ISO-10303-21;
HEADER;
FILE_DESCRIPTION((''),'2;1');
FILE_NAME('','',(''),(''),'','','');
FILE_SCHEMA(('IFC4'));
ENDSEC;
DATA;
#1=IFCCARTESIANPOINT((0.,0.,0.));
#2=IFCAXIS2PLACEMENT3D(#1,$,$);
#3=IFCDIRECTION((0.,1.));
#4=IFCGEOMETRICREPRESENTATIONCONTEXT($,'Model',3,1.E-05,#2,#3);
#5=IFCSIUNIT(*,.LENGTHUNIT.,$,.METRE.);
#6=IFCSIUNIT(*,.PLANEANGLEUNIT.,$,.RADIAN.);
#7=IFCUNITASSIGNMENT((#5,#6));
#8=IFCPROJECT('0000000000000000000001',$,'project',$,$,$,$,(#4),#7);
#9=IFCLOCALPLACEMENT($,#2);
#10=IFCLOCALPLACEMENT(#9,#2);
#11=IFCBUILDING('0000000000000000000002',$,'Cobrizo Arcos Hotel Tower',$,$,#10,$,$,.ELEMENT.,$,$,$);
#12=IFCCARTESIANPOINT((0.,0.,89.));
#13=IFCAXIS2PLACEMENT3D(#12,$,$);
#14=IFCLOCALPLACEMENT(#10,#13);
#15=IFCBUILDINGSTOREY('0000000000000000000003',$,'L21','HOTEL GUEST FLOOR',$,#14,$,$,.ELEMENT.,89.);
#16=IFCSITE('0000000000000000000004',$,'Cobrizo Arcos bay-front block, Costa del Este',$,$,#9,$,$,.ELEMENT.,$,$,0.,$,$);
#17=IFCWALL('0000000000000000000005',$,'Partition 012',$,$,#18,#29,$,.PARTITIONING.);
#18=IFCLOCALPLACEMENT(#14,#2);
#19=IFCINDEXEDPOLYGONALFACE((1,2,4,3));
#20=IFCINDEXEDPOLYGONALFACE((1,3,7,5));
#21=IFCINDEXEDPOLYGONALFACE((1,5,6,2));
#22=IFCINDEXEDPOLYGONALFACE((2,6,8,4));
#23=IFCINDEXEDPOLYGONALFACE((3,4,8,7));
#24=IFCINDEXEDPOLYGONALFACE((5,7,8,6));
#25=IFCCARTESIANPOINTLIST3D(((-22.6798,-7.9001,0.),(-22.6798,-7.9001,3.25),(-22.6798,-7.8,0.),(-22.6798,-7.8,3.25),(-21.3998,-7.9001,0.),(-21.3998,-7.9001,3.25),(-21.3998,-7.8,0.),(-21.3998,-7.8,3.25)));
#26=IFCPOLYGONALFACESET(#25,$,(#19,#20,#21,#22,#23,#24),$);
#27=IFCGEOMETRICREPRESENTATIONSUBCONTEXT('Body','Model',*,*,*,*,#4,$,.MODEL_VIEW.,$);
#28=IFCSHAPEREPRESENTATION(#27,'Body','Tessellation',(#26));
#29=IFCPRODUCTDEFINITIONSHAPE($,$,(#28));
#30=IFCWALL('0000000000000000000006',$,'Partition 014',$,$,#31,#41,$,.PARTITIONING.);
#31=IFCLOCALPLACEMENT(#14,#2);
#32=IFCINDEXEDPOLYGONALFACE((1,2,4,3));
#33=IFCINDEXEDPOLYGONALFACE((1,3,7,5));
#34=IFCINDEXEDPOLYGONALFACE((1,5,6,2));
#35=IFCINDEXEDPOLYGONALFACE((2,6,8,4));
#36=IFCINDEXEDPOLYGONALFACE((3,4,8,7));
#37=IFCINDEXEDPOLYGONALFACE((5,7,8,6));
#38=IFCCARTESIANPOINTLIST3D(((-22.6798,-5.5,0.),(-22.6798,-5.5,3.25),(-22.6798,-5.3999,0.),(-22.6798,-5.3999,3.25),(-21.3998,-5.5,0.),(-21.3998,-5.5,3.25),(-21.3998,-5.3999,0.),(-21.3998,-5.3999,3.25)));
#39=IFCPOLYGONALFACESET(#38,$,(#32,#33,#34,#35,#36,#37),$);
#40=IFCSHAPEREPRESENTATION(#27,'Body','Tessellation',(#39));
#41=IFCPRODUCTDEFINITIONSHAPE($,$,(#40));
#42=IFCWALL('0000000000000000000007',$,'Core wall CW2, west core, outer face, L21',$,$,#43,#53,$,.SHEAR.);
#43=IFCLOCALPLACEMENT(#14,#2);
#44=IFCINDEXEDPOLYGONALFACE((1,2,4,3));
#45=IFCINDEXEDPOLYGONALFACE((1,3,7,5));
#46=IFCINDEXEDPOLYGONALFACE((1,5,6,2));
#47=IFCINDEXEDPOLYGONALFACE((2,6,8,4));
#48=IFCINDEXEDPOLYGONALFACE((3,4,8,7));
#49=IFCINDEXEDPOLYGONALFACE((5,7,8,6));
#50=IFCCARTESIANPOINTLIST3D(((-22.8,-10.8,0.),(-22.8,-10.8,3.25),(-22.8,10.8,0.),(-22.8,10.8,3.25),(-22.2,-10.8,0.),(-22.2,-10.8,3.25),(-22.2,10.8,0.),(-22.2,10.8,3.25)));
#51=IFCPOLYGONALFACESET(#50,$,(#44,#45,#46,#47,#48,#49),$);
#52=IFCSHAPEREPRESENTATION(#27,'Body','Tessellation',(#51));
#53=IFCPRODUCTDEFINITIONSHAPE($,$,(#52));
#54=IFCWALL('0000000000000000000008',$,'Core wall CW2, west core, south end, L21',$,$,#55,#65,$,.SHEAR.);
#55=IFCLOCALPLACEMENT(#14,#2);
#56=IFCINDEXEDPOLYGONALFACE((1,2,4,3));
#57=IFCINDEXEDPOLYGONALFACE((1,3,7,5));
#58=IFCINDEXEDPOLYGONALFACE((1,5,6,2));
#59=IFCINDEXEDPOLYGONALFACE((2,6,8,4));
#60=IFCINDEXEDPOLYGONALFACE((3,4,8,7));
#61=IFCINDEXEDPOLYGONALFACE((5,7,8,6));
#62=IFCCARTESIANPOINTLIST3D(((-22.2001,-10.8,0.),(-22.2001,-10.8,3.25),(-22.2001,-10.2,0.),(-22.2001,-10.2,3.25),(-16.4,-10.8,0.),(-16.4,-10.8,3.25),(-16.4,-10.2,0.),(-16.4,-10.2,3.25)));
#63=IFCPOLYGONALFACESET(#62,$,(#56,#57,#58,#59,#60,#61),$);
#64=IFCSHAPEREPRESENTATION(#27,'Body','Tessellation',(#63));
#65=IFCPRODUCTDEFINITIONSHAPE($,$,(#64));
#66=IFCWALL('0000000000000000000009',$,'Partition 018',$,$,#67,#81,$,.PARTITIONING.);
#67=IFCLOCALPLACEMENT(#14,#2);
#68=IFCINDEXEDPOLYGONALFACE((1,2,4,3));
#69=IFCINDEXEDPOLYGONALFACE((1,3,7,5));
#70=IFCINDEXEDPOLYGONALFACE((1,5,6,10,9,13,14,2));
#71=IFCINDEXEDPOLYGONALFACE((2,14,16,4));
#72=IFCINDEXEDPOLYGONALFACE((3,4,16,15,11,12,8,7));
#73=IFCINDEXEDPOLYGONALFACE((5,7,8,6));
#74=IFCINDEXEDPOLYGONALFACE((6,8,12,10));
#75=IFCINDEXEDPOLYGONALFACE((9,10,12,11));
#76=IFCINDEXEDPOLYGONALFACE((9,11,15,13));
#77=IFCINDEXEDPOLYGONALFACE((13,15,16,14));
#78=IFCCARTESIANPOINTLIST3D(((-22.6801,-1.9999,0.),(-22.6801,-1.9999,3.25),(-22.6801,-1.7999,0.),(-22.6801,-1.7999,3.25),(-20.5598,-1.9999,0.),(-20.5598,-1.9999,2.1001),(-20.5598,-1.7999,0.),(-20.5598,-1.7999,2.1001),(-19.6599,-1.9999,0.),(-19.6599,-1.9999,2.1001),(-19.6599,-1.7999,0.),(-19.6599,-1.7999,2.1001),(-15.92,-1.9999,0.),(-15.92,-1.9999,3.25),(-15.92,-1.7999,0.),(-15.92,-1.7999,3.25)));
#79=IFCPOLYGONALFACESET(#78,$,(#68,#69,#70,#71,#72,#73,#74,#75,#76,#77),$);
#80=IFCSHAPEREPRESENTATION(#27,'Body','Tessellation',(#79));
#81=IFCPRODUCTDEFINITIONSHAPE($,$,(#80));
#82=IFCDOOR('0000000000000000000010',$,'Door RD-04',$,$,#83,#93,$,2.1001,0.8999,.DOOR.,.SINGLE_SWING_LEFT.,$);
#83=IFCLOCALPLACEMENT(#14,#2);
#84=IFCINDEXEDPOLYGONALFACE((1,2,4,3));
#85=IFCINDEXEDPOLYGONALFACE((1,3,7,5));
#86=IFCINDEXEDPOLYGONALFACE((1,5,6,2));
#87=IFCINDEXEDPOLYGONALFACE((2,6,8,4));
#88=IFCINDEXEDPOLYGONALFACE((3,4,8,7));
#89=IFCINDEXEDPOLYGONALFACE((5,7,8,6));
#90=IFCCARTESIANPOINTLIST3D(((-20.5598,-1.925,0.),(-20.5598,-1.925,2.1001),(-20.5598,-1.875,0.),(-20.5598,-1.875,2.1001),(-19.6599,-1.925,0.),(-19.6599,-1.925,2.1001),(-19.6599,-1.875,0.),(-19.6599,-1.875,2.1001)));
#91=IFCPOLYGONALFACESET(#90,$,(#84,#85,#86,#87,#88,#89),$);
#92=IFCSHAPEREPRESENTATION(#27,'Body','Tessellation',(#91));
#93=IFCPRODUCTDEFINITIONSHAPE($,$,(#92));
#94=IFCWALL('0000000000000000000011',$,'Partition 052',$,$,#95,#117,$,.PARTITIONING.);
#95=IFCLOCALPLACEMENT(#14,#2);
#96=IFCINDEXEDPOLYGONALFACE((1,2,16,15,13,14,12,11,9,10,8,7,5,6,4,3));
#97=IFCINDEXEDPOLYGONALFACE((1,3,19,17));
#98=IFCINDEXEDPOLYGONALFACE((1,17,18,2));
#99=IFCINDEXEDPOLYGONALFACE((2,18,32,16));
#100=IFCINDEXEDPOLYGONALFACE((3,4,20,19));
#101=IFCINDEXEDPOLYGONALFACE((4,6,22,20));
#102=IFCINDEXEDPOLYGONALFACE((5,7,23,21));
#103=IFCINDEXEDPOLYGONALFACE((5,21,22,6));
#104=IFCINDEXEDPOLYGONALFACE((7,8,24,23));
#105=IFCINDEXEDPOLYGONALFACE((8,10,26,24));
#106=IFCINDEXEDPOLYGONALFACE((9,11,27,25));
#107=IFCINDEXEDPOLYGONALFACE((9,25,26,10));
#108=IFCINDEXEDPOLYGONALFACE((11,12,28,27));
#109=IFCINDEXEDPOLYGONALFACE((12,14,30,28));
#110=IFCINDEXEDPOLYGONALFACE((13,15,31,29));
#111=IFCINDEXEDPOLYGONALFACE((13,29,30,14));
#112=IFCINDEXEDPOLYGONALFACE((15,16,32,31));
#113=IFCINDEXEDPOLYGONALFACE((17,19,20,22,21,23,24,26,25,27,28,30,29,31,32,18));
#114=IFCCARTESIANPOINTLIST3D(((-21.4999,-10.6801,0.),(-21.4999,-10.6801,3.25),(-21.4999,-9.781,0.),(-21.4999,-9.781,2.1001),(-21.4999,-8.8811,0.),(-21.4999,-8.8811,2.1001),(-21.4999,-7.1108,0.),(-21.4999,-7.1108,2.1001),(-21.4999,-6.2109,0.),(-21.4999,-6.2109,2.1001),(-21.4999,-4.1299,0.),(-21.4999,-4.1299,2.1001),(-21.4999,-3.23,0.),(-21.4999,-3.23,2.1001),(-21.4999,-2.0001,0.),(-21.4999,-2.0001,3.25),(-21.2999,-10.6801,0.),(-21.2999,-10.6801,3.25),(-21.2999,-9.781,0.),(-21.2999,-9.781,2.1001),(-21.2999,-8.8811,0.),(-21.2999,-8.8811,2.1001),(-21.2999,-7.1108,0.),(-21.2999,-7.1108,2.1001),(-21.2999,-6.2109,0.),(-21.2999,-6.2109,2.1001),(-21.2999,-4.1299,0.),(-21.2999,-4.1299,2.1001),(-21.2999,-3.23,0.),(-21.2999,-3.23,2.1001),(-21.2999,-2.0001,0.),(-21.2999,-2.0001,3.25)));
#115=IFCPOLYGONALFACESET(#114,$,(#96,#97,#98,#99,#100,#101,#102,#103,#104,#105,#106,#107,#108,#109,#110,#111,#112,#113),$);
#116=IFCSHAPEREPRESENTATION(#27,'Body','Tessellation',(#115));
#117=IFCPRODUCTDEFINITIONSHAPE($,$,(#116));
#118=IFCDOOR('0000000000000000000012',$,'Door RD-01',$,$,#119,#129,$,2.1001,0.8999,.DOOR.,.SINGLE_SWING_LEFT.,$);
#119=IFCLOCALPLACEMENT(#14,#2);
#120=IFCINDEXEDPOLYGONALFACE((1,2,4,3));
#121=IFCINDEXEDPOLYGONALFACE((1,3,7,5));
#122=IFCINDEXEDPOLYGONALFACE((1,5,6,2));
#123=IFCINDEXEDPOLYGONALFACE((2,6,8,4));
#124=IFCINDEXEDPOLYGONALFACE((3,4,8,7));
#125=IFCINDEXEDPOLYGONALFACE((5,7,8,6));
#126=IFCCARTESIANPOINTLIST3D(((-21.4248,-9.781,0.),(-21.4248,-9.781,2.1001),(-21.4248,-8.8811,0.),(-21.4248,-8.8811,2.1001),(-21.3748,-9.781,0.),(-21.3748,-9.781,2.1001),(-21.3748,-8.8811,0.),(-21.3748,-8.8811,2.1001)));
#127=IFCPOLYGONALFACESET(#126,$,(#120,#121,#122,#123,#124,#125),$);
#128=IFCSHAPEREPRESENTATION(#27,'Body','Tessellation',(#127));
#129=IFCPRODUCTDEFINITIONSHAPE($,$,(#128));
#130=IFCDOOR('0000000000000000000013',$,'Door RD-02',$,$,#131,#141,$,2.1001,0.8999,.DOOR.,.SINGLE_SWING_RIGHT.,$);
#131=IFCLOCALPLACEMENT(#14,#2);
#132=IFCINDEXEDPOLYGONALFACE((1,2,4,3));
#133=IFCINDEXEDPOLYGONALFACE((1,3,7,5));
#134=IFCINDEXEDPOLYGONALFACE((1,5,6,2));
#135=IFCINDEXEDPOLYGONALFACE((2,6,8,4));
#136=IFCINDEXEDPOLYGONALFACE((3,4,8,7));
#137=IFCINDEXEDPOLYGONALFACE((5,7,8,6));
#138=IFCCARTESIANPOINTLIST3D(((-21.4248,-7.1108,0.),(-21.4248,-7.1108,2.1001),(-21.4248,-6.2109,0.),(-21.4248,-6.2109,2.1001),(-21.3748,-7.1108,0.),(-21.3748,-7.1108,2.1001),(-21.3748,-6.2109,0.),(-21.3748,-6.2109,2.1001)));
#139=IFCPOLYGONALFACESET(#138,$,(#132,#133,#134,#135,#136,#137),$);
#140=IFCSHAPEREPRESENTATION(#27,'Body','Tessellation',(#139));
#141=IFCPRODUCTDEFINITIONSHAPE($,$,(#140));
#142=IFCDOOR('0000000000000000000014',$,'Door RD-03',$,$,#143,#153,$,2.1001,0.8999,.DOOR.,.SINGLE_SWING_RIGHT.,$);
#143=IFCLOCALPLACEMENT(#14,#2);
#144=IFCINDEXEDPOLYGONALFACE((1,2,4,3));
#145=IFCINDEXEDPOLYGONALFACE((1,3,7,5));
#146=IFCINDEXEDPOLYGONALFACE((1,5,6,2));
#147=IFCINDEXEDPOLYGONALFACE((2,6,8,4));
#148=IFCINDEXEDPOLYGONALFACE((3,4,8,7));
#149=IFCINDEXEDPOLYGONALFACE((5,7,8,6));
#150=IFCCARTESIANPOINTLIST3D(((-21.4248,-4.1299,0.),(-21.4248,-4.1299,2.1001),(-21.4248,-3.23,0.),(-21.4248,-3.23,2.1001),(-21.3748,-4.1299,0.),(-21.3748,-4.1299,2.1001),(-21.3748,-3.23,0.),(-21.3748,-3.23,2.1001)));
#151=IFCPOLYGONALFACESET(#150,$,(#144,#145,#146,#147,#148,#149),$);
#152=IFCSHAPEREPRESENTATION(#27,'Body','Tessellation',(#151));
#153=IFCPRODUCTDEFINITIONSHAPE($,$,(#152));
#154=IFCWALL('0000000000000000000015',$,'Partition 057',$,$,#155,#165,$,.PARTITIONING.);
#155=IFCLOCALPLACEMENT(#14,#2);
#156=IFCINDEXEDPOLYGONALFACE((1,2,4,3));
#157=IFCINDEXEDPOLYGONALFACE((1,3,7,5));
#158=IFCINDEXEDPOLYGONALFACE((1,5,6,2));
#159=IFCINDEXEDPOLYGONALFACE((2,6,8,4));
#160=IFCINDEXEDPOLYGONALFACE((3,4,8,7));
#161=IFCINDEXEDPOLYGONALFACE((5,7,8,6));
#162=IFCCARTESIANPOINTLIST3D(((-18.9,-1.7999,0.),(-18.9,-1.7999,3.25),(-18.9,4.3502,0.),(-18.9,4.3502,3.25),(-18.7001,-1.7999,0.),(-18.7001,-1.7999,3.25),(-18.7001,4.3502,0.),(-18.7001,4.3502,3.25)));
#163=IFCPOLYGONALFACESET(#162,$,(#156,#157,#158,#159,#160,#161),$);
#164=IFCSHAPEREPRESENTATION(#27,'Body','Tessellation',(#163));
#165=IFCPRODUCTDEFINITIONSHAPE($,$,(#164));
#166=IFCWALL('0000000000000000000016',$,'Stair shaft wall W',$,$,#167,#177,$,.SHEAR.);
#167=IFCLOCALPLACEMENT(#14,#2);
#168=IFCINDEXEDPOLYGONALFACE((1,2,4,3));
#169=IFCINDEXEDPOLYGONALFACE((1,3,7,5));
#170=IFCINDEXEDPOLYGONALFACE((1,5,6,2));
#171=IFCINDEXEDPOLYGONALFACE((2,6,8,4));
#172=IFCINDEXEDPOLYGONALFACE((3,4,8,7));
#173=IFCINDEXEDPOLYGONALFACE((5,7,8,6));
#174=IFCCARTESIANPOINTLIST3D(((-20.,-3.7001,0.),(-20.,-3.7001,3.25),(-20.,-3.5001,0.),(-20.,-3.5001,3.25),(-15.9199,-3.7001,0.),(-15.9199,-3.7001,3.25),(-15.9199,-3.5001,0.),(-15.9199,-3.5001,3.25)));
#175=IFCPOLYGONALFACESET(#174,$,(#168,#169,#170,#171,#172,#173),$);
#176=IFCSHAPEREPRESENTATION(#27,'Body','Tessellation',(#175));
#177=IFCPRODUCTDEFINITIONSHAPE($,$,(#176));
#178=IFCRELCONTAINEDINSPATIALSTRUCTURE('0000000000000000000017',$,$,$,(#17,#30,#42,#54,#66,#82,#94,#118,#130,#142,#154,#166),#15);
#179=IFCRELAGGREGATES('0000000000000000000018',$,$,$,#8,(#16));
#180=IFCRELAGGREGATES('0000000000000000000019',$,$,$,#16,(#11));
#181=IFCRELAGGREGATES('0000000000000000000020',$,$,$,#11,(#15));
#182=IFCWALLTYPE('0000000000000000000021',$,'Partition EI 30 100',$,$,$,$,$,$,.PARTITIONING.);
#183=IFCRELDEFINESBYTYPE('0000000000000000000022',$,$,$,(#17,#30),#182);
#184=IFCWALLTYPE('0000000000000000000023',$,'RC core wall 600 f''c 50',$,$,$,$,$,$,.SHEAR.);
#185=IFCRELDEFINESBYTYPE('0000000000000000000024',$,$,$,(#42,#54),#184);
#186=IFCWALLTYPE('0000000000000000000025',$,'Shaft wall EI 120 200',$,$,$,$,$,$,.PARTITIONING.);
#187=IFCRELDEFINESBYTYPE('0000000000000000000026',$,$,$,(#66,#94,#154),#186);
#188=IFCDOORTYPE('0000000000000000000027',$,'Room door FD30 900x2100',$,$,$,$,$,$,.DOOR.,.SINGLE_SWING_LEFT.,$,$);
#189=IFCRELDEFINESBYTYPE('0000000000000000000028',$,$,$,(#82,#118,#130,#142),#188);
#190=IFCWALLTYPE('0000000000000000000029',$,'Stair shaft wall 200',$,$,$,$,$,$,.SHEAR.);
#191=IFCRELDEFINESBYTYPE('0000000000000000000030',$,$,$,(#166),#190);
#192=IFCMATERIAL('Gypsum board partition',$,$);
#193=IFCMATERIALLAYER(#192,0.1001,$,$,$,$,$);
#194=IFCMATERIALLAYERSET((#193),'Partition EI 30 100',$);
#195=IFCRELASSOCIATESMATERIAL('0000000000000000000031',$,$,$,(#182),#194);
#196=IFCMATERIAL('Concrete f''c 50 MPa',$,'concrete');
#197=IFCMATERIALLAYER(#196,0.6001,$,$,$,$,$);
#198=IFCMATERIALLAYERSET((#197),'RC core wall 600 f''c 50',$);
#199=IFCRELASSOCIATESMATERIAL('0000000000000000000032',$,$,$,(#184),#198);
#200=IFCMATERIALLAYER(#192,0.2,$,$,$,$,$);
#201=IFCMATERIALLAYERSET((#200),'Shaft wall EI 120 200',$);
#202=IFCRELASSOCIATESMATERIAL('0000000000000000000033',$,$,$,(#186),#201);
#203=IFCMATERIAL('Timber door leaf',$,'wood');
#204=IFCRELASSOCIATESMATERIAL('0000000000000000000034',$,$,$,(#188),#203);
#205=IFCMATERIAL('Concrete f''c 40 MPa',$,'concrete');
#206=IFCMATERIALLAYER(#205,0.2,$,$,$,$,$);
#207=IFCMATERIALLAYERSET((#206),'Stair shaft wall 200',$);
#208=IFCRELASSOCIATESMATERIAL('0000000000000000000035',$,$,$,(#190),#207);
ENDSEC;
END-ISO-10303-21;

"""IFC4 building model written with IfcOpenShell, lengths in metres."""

from ifc_helpers import new_model, si_unit, direction, frame, frame_2d, origin, place, context, subcontext, project, spatial, rectangle, extrude, material, layer, layer_set, type_object, element, fill, save


model = new_model("IFC4")

# Units and contexts
model_context = context("Model", 3, precision=1e-05, world=origin(), true_north=direction((0.0, 1.0)))
body_context = subcontext(model_context, "Body", "Model", "MODEL_VIEW")
ifc_project = project(units=[si_unit("LENGTHUNIT", "METRE"), si_unit("PLANEANGLEUNIT", "RADIAN")], contexts=[model_context])

# Site, building, storey
site_placement = place(None, origin())
site = spatial("IfcSite", under=ifc_project, at=site_placement, Name="Cobrizo Arcos bay-front block, Costa del Este", CompositionType="ELEMENT", RefElevation=0.0)
building_placement = place(site_placement, origin())
building = spatial("IfcBuilding", under=site, at=building_placement, Name="Cobrizo Arcos Hotel Tower", CompositionType="ELEMENT")
storey_placement = place(building_placement, frame((0.0, 0.0, 89.0)))
storey = spatial("IfcBuildingStorey", under=building, at=storey_placement, Name="L21", Description="HOTEL GUEST FLOOR", CompositionType="ELEMENT", Elevation=89.0)

# Walls
ifc_material_1 = material(Name="Gypsum board partition")
ifc_layer_1 = layer(ifc_material_1, 0.1001)
ifc_layer_set_1 = layer_set([ifc_layer_1], Name="Partition EI 30 100")
wall_type_1 = type_object("IfcWallType", Name="Partition EI 30 100", PredefinedType="PARTITIONING", material=ifc_layer_set_1)
for number, where, z_axis, x_axis, name in (
    (1, (-22.6799, -7.8501, 0.0), (0.0, 0.0, 1.0), (1.0, 0.0, 0.0), "Partition 012"),
    (2, (-22.6799, -5.45, 0.0), (0.0, 0.0, 1.0), (1.0, 0.0, 0.0), "Partition 014"),
):
    element("IfcWall", number, at=place(storey_placement, frame(where, z_axis=z_axis, x_axis=x_axis)), inside=storey, type_object=wall_type_1, Name=name, PredefinedType="PARTITIONING", context=body_context, shape_type="SweptSolid", body=[
        extrude(rectangle(XDim=1.28, YDim=0.1001, at=frame_2d((0.6401, 0.0))), origin(), (0.0, 0.0, 1.0), 3.25),
    ])
ifc_material_2 = material(Name="Concrete f'c 50 MPa", Category="concrete")
ifc_layer_2 = layer(ifc_material_2, 0.6001)
ifc_layer_set_2 = layer_set([ifc_layer_2], Name="RC core wall 600 f'c 50")
wall_type_2 = type_object("IfcWallType", Name="RC core wall 600 f'c 50", PredefinedType="SHEAR", material=ifc_layer_set_2)
wall_1_placement = place(storey_placement, frame((-22.5, -10.8, 0.0), z_axis=(0.0, 0.0, 1.0), x_axis=(0.0, 1.0, 0.0)))
element("IfcWall", 3, at=wall_1_placement, inside=storey, type_object=wall_type_2, Name="Core wall CW2, west core, outer face, L21", PredefinedType="SHEAR", context=body_context, shape_type="SweptSolid", body=[
    extrude(rectangle(XDim=21.6001, YDim=0.6001, at=frame_2d((10.8, 0.0))), origin(), (0.0, 0.0, 1.0), 3.25),
])
wall_2_placement = place(storey_placement, frame((-22.2, -10.5, 0.0), z_axis=(0.0, 0.0, 1.0), x_axis=(1.0, 0.0, 0.0)))
element("IfcWall", 4, at=wall_2_placement, inside=storey, type_object=wall_type_2, Name="Core wall CW2, west core, south end, L21", PredefinedType="SHEAR", context=body_context, shape_type="SweptSolid", body=[
    extrude(rectangle(XDim=5.8, YDim=0.6001, at=frame_2d((2.8999, 0.0))), origin(), (0.0, 0.0, 1.0), 3.25),
])

# Wall, opening, door
ifc_layer_3 = layer(ifc_material_1, 0.2)
ifc_layer_set_3 = layer_set([ifc_layer_3], Name="Shaft wall EI 120 200")
wall_type_3 = type_object("IfcWallType", Name="Shaft wall EI 120 200", PredefinedType="PARTITIONING", material=ifc_layer_set_3)
wall_3_placement = place(storey_placement, frame((-22.6799, -1.8999, 0.0), z_axis=(0.0, 0.0, 1.0), x_axis=(1.0, 0.0, 0.0)))
wall_3 = element("IfcWall", 5, at=wall_3_placement, inside=storey, type_object=wall_type_3, Name="Partition 018", PredefinedType="PARTITIONING", context=body_context, shape_type="SweptSolid", body=[
    extrude(rectangle(XDim=6.76, YDim=0.2, at=frame_2d((3.3799, 0.0))), origin(), (0.0, 0.0, 1.0), 3.25),
])
opening_1_placement = place(wall_3_placement, frame((2.1201, 0.0, 0.0)))
opening_1 = element("IfcOpeningElement", 6, at=opening_1_placement, cuts=wall_3, PredefinedType="OPENING", context=body_context, shape_type="SweptSolid", body=[
    extrude(rectangle(XDim=0.8999, YDim=2.1001, at=frame_2d((0.45, 1.05))), frame((0.0, 0.1121, 0.0), z_axis=(0.0, -1.0, 0.0), x_axis=(1.0, 0.0, 0.0)), (0.0, 0.0, 1.0), 0.2239),
])
ifc_material_3 = material(Name="Timber door leaf", Category="wood")
door_type = type_object("IfcDoorType", Name="Room door FD30 900x2100", OperationType="SINGLE_SWING_LEFT", PredefinedType="DOOR", material=ifc_material_3)
door_1_placement = place(opening_1_placement, origin())
door_1 = element("IfcDoor", 7, at=door_1_placement, inside=storey, type_object=door_type, Name="Door RD-04", OperationType="SINGLE_SWING_LEFT", OverallHeight=2.1001, OverallWidth=0.8999, PredefinedType="DOOR", context=body_context, shape_type="SweptSolid", body=[
    extrude(rectangle(XDim=0.8999, YDim=2.1001, at=frame_2d((0.45, 1.05))), frame((0.0, 0.0249, 0.0), z_axis=(0.0, -1.0, 0.0), x_axis=(1.0, 0.0, 0.0)), (0.0, 0.0, 1.0), 0.05),
])
fill(opening_1, door_1)

# Wall, openings, doors
wall_4_placement = place(storey_placement, frame((-21.3999, -10.6799, 0.0), z_axis=(0.0, 0.0, 1.0), x_axis=(0.0, 1.0, 0.0)))
wall_4 = element("IfcWall", 8, at=wall_4_placement, inside=storey, type_object=wall_type_3, Name="Partition 052", PredefinedType="PARTITIONING", context=body_context, shape_type="SweptSolid", body=[
    extrude(rectangle(XDim=8.6799, YDim=0.2, at=frame_2d((4.3398, 0.0))), origin(), (0.0, 0.0, 1.0), 3.25),
])
opening_2_placement = place(wall_4_placement, frame((0.8989, 0.0, 0.0)))
opening_2 = element("IfcOpeningElement", 9, at=opening_2_placement, cuts=wall_4, PredefinedType="OPENING", context=body_context, shape_type="SweptSolid", body=[
    extrude(rectangle(XDim=0.8999, YDim=2.1001, at=frame_2d((0.45, 1.05))), frame((0.0, 0.1121, 0.0), z_axis=(0.0, -1.0, 0.0), x_axis=(1.0, 0.0, 0.0)), (0.0, 0.0, 1.0), 0.2239),
])
opening_3_placement = place(wall_4_placement, frame((3.5691, 0.0, 0.0)))
opening_3 = element("IfcOpeningElement", 10, at=opening_3_placement, cuts=wall_4, PredefinedType="OPENING", context=body_context, shape_type="SweptSolid", body=[
    extrude(rectangle(XDim=0.8999, YDim=2.1001, at=frame_2d((0.45, 1.05))), frame((0.0, 0.1121, 0.0), z_axis=(0.0, -1.0, 0.0), x_axis=(1.0, 0.0, 0.0)), (0.0, 0.0, 1.0), 0.2239),
])
opening_4_placement = place(wall_4_placement, frame((6.55, 0.0, 0.0)))
opening_4 = element("IfcOpeningElement", 11, at=opening_4_placement, cuts=wall_4, PredefinedType="OPENING", context=body_context, shape_type="SweptSolid", body=[
    extrude(rectangle(XDim=0.8999, YDim=2.1001, at=frame_2d((0.45, 1.05))), frame((0.0, 0.1121, 0.0), z_axis=(0.0, -1.0, 0.0), x_axis=(1.0, 0.0, 0.0)), (0.0, 0.0, 1.0), 0.2239),
])
door_2_placement = place(opening_2_placement, origin())
door_2 = element("IfcDoor", 12, at=door_2_placement, inside=storey, type_object=door_type, Name="Door RD-01", OperationType="SINGLE_SWING_LEFT", OverallHeight=2.1001, OverallWidth=0.8999, PredefinedType="DOOR", context=body_context, shape_type="SweptSolid", body=[
    extrude(rectangle(XDim=0.8999, YDim=2.1001, at=frame_2d((0.45, 1.05))), frame((0.0, 0.0249, 0.0), z_axis=(0.0, -1.0, 0.0), x_axis=(1.0, 0.0, 0.0)), (0.0, 0.0, 1.0), 0.05),
])
fill(opening_2, door_2)
door_3_placement = place(opening_3_placement, origin())
door_3 = element("IfcDoor", 13, at=door_3_placement, inside=storey, type_object=door_type, Name="Door RD-02", OperationType="SINGLE_SWING_RIGHT", OverallHeight=2.1001, OverallWidth=0.8999, PredefinedType="DOOR", context=body_context, shape_type="SweptSolid", body=[
    extrude(rectangle(XDim=0.8999, YDim=2.1001, at=frame_2d((0.45, 1.05))), frame((0.0, 0.0249, 0.0), z_axis=(0.0, -1.0, 0.0), x_axis=(1.0, 0.0, 0.0)), (0.0, 0.0, 1.0), 0.05),
])
fill(opening_3, door_3)
door_4_placement = place(opening_4_placement, origin())
door_4 = element("IfcDoor", 14, at=door_4_placement, inside=storey, type_object=door_type, Name="Door RD-03", OperationType="SINGLE_SWING_RIGHT", OverallHeight=2.1001, OverallWidth=0.8999, PredefinedType="DOOR", context=body_context, shape_type="SweptSolid", body=[
    extrude(rectangle(XDim=0.8999, YDim=2.1001, at=frame_2d((0.45, 1.05))), frame((0.0, 0.0249, 0.0), z_axis=(0.0, -1.0, 0.0), x_axis=(1.0, 0.0, 0.0)), (0.0, 0.0, 1.0), 0.05),
])
fill(opening_4, door_4)

# Walls
wall_5_placement = place(storey_placement, frame((-18.8, -1.8, 0.0), z_axis=(0.0, 0.0, 1.0), x_axis=(0.0, 1.0, 0.0)))
element("IfcWall", 15, at=wall_5_placement, inside=storey, type_object=wall_type_3, Name="Partition 057", PredefinedType="PARTITIONING", context=body_context, shape_type="SweptSolid", body=[
    extrude(rectangle(XDim=6.1501, YDim=0.2, at=frame_2d((3.0752, 0.0))), origin(), (0.0, 0.0, 1.0), 3.25),
])
ifc_material_4 = material(Name="Concrete f'c 40 MPa", Category="concrete")
ifc_layer_4 = layer(ifc_material_4, 0.2)
ifc_layer_set_4 = layer_set([ifc_layer_4], Name="Stair shaft wall 200")
wall_type_4 = type_object("IfcWallType", Name="Stair shaft wall 200", PredefinedType="SHEAR", material=ifc_layer_set_4)
wall_6_placement = place(storey_placement, frame((-20.0, -3.6001, 0.0), z_axis=(0.0, 0.0, 1.0), x_axis=(1.0, 0.0, 0.0)))
element("IfcWall", 16, at=wall_6_placement, inside=storey, type_object=wall_type_4, Name="Stair shaft wall W", PredefinedType="SHEAR", context=body_context, shape_type="SweptSolid", body=[
    extrude(rectangle(XDim=4.0801, YDim=0.2, at=frame_2d((2.04, 0.0))), origin(), (0.0, 0.0, 1.0), 3.25),
])

save(model, "model.ifc")
